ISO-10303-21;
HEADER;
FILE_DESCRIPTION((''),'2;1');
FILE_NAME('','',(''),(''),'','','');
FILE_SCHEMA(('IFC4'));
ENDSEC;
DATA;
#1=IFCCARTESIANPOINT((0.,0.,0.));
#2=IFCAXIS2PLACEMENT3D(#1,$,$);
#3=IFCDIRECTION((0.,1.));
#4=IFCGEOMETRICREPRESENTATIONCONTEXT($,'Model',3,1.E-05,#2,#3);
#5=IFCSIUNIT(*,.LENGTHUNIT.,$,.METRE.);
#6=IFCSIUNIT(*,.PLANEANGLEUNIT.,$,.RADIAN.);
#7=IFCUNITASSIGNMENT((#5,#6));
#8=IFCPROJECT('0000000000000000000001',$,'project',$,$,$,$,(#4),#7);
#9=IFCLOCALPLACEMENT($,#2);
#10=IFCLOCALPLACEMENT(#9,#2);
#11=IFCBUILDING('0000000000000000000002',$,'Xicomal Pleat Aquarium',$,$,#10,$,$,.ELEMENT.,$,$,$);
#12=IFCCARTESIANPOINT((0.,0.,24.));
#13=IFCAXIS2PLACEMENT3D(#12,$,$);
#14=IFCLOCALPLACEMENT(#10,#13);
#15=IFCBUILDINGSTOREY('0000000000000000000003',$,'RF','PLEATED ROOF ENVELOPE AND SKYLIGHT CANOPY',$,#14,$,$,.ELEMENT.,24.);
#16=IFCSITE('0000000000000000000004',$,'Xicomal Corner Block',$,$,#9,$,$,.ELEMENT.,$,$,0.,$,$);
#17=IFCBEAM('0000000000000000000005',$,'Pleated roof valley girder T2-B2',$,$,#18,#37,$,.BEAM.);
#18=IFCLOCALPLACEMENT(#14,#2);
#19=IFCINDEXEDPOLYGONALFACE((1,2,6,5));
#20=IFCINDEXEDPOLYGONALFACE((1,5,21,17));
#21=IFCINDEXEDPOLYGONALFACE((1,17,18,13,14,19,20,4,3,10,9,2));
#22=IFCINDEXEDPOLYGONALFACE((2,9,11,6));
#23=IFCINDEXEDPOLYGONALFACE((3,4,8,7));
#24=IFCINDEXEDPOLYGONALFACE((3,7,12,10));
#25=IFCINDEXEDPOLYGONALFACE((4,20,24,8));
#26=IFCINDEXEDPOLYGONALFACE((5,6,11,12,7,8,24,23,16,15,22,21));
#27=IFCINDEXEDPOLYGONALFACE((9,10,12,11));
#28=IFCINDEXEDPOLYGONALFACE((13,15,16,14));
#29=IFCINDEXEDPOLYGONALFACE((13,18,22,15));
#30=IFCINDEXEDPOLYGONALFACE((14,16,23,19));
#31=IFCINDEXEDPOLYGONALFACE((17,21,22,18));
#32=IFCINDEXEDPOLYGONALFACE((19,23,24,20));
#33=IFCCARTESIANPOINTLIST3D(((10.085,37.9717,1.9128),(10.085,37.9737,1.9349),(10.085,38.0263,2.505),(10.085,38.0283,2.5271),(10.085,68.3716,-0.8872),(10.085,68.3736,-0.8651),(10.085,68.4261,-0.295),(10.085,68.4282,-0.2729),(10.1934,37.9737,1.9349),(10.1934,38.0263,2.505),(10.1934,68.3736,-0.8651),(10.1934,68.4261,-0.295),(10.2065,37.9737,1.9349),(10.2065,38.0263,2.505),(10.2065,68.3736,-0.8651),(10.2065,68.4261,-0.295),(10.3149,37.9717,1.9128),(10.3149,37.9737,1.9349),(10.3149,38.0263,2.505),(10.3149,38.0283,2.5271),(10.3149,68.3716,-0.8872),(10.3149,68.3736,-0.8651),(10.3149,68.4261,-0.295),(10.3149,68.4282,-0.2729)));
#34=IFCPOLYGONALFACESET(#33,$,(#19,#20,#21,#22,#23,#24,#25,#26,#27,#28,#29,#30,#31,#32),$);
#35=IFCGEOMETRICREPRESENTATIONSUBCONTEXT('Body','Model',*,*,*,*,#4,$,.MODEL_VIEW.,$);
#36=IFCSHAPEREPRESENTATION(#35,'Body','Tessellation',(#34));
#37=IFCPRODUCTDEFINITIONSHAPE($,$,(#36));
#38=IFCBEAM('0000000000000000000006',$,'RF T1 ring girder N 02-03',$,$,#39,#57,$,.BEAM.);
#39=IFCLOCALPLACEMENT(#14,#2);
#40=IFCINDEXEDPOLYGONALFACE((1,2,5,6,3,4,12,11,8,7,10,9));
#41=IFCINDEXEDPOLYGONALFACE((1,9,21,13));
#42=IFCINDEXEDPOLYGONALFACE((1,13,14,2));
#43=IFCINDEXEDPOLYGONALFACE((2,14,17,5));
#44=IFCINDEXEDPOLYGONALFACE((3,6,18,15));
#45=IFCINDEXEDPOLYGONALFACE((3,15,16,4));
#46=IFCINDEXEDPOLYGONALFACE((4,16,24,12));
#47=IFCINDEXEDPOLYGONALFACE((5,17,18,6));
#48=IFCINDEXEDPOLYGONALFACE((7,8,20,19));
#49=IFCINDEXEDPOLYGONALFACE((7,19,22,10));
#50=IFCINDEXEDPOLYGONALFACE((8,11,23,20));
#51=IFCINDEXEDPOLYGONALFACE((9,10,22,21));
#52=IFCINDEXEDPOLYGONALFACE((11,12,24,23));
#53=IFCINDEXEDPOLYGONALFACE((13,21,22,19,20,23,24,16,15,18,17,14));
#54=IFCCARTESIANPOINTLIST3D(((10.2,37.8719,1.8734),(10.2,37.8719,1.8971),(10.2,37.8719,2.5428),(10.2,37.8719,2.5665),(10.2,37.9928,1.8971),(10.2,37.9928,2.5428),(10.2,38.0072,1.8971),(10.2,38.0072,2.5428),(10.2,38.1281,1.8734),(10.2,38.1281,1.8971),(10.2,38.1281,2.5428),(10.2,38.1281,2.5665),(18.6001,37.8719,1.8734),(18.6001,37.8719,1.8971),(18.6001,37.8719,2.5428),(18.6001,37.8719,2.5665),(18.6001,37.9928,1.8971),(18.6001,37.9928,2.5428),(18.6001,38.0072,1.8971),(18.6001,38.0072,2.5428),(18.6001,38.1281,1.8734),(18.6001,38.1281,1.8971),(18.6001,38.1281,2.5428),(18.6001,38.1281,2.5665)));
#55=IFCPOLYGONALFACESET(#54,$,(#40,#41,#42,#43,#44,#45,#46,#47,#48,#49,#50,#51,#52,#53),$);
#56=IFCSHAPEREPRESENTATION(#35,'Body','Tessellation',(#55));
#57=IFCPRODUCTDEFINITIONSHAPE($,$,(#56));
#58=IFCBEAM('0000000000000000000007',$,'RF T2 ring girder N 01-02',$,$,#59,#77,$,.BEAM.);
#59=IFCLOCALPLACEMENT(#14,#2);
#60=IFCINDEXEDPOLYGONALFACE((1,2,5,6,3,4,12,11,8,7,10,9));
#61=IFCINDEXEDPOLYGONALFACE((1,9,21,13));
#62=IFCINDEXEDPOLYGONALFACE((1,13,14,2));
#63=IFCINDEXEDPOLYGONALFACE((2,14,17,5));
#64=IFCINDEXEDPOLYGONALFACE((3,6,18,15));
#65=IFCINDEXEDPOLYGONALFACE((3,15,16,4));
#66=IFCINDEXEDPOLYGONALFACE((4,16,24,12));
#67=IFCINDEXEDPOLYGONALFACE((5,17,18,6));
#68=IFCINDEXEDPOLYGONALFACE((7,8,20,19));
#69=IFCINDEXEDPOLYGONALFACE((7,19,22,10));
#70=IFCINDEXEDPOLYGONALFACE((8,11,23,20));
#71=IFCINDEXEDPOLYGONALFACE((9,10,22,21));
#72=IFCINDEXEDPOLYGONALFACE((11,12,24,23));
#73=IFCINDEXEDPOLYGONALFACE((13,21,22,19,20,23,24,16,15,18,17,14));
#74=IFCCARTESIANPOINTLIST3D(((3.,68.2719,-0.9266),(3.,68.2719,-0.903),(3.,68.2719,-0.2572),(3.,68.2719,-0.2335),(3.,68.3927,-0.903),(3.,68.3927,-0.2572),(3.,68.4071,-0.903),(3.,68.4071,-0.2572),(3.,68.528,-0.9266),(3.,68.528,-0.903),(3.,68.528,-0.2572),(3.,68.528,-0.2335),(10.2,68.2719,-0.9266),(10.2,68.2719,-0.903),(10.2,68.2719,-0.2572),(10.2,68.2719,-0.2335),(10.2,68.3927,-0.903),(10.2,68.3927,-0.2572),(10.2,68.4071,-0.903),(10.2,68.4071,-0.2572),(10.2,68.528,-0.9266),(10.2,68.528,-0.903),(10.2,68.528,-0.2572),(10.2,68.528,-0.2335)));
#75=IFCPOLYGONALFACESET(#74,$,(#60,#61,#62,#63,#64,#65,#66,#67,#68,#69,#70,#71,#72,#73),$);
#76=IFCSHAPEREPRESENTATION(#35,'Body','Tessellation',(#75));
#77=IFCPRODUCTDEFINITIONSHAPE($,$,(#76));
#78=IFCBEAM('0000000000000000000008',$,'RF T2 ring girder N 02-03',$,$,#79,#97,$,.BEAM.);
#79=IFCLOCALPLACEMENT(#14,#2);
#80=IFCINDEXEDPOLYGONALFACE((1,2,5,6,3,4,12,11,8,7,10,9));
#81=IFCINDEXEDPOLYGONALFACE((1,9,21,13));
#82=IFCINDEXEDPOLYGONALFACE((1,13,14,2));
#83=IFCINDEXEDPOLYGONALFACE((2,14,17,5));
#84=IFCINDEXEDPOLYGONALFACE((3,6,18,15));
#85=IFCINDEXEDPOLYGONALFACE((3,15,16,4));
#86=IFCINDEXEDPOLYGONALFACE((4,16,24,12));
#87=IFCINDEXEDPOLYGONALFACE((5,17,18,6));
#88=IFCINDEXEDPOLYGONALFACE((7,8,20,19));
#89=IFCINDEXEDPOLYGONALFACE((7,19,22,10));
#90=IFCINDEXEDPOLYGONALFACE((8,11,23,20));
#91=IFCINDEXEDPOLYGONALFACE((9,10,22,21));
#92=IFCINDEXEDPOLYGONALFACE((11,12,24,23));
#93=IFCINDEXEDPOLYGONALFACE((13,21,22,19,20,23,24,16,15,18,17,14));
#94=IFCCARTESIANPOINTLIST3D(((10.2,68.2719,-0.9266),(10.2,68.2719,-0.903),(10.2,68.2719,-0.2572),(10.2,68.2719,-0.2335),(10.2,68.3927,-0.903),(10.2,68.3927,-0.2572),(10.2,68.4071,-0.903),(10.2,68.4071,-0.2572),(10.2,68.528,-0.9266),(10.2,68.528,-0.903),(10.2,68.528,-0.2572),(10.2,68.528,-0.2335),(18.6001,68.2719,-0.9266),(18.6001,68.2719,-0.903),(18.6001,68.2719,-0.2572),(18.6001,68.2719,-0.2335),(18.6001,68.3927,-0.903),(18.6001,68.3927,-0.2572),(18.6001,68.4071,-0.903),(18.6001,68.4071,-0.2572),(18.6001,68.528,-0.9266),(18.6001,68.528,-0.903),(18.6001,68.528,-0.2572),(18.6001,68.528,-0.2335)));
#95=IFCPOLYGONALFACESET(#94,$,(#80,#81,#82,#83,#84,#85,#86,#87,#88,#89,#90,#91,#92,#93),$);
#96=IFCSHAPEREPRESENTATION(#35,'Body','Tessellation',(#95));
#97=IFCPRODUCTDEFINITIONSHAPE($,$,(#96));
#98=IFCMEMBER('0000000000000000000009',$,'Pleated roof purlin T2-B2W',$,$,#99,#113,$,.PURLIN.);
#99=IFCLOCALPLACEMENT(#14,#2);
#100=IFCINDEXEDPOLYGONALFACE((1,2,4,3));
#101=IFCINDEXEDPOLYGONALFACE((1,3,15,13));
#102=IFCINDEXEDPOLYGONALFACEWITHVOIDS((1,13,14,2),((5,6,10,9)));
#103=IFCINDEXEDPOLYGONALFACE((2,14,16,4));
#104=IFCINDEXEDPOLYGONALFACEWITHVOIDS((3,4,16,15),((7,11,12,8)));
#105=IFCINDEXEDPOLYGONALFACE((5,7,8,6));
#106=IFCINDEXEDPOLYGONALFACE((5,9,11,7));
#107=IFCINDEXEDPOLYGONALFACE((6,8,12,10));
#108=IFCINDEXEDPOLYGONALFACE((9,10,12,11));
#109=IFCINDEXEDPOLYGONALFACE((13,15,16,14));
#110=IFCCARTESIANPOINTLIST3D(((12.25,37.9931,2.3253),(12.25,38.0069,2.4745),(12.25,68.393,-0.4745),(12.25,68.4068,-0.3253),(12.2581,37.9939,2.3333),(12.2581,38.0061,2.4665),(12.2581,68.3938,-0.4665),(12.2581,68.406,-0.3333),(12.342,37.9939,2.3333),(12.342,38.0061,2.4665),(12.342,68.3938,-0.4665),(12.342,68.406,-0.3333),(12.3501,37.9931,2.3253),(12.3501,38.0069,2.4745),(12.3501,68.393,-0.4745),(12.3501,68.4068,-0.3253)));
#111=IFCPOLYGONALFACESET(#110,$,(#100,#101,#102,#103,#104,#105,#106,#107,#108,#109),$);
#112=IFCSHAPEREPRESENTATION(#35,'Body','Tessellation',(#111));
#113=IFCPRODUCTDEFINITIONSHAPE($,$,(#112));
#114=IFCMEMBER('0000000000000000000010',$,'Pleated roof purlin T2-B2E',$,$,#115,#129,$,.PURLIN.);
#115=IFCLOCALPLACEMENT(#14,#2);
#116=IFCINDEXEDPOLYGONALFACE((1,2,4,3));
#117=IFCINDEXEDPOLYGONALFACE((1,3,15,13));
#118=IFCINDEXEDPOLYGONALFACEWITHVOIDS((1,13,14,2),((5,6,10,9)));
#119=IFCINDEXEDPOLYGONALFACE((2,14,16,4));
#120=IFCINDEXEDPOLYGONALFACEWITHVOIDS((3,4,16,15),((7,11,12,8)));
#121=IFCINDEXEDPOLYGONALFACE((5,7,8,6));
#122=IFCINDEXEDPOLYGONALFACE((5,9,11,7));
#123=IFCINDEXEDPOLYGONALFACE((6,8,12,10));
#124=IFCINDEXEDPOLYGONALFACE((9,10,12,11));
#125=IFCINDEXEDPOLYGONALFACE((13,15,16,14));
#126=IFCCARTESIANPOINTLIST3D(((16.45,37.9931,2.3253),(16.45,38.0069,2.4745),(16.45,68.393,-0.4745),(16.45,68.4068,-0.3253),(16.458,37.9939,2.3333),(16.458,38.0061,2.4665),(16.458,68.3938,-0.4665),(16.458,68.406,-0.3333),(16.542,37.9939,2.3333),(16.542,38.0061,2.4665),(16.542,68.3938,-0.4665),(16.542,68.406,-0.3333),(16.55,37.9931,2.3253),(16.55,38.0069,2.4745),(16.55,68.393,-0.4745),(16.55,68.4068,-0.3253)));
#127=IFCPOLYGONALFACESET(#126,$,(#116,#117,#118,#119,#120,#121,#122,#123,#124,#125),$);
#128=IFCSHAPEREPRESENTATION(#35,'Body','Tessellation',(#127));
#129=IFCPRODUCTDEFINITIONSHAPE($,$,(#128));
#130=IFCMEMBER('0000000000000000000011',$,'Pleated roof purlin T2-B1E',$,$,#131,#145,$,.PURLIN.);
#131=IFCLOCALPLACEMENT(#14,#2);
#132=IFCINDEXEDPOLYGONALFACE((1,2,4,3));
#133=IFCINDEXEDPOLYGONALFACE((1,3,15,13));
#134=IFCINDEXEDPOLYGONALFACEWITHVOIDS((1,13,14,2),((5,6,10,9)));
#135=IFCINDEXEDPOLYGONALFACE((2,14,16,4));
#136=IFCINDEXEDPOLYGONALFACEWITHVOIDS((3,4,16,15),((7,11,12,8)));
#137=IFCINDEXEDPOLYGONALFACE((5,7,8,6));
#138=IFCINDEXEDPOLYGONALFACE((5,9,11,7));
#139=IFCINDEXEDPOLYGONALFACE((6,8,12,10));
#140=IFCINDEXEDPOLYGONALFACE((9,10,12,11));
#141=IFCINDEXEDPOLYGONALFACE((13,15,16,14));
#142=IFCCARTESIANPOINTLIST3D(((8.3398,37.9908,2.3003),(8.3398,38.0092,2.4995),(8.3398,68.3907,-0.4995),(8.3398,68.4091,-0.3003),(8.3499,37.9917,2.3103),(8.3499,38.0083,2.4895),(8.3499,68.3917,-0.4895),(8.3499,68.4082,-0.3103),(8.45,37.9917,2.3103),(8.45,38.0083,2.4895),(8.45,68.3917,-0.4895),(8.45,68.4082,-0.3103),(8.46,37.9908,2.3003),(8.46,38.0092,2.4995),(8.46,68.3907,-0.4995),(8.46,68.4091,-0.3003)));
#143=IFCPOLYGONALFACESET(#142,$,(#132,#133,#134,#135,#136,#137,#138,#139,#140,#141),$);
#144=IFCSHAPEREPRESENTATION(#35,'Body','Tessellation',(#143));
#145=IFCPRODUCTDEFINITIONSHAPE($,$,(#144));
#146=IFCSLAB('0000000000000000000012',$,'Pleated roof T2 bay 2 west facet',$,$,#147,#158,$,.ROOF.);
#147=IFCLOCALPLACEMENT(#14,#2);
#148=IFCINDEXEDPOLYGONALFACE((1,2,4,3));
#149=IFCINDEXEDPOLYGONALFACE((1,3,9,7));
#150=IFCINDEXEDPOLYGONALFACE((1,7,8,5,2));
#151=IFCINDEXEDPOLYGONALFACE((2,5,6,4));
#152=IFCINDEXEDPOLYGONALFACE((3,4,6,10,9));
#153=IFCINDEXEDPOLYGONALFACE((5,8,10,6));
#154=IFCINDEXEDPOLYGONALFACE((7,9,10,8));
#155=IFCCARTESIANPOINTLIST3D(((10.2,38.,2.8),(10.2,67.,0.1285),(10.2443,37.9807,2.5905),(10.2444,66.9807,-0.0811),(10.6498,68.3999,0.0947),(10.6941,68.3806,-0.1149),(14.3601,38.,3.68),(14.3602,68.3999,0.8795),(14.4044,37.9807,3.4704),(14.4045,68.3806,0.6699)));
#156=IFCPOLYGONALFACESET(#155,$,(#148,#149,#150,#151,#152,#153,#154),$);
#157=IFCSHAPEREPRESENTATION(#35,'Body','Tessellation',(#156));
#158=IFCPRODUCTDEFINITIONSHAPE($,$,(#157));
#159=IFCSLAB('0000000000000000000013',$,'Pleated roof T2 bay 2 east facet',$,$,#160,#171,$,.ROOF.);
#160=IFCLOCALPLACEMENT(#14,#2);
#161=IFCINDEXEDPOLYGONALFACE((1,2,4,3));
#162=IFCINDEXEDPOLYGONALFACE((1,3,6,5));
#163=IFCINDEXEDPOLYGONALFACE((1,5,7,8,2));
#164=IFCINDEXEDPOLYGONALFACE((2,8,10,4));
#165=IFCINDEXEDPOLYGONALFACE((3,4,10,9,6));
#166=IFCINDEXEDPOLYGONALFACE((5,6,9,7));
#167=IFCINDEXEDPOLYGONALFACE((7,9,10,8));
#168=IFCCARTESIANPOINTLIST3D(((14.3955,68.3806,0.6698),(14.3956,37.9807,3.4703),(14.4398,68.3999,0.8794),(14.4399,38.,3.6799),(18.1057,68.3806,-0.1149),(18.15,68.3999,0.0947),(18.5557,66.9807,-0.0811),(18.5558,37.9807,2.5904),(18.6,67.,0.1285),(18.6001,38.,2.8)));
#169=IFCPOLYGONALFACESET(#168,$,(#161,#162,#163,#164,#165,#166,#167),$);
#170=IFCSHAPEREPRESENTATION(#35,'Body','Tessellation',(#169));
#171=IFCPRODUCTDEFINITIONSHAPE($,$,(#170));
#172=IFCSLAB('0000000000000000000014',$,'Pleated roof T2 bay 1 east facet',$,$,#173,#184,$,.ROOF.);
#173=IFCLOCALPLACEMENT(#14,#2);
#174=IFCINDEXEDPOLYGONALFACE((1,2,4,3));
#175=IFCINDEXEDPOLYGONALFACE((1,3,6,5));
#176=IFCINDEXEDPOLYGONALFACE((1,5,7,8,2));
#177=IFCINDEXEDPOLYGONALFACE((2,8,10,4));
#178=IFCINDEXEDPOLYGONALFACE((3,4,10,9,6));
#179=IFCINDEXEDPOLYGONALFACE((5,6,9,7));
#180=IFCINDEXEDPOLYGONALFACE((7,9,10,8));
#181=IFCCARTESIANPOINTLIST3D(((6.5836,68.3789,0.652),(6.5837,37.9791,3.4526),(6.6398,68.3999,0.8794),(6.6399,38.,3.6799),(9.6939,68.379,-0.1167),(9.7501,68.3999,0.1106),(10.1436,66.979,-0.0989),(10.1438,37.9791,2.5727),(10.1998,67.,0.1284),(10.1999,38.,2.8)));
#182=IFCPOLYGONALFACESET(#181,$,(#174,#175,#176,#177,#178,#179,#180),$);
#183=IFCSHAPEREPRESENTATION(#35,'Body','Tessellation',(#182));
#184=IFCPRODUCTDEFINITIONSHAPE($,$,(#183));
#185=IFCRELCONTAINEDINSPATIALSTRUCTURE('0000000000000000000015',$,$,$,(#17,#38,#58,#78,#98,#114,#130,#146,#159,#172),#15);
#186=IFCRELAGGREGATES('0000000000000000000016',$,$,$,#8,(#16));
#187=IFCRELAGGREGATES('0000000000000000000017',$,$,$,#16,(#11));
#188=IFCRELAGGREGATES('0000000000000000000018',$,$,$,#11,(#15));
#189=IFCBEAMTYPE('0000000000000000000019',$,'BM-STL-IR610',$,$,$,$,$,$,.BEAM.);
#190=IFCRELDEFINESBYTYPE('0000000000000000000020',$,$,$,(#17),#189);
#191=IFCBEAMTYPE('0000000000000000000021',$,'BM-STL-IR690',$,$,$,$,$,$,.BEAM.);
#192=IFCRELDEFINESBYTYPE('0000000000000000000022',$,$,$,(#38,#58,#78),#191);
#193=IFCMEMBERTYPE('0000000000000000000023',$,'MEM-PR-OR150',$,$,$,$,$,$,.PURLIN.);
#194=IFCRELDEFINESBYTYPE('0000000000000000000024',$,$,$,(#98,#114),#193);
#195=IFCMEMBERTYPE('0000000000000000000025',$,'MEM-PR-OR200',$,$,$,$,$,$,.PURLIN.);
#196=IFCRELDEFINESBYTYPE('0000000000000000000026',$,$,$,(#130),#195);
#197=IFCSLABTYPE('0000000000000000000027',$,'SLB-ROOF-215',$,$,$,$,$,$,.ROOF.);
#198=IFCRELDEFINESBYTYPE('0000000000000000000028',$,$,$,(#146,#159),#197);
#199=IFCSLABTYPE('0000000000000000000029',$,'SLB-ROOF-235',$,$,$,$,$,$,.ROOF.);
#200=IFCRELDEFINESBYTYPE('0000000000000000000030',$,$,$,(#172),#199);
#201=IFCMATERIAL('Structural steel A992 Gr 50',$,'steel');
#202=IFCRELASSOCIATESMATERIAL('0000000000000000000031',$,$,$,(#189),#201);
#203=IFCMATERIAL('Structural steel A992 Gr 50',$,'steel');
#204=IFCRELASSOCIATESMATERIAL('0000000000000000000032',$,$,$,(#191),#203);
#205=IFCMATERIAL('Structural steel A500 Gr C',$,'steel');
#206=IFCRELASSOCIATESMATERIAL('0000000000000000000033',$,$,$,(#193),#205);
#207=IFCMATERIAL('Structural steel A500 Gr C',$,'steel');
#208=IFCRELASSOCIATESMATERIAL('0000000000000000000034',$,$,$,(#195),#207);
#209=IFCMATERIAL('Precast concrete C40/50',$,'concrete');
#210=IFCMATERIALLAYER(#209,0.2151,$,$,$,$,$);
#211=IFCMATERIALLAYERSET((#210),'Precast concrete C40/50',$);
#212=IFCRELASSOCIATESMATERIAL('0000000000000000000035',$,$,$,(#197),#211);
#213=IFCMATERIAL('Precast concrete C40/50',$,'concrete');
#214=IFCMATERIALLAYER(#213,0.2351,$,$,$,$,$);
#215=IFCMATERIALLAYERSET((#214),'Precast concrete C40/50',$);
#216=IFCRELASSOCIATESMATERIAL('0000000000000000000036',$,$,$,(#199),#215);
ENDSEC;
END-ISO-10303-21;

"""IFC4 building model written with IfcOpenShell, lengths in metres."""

from ifc_helpers import new_model, si_unit, direction, frame, origin, origin_2d, place, context, subcontext, project, spatial, polyline, hollow_rectangle, i_section, outline, extrude, material, layer, layer_set, material_profile, profile_set, type_object, element, save


model = new_model("IFC4")

# Units and contexts
model_context = context("Model", 3, precision=1e-05, world=origin(), true_north=direction((0.0, 1.0)))
body_context = subcontext(model_context, "Body", "Model", "MODEL_VIEW")
ifc_project = project(units=[si_unit("LENGTHUNIT", "METRE"), si_unit("PLANEANGLEUNIT", "RADIAN")], contexts=[model_context])

# Site, building, storey
site_placement = place(None, origin())
site = spatial("IfcSite", under=ifc_project, at=site_placement, Name="Xicomal Corner Block", CompositionType="ELEMENT", RefElevation=0.0)
building_placement = place(site_placement, origin())
building = spatial("IfcBuilding", under=site, at=building_placement, Name="Xicomal Pleat Aquarium", CompositionType="ELEMENT")
storey_placement = place(building_placement, frame((0.0, 0.0, 24.0)))
storey = spatial("IfcBuildingStorey", under=building, at=storey_placement, Name="RF", Description="PLEATED ROOF ENVELOPE AND SKYLIGHT CANOPY", CompositionType="ELEMENT", Elevation=24.0)

# Beams
ifc_material_1 = material(Name="Structural steel A992 Gr 50", Category="steel")
ifc_material_profile_1 = material_profile(ifc_material_1, i_section(OverallWidth=0.23, OverallDepth=0.6169, WebThickness=0.0132, FlangeThickness=0.0222, at=origin_2d()), Name="IR 610x140")
ifc_profile_set_1 = profile_set([ifc_material_profile_1], Name="Structural steel A992 Gr 50")
beam_type_1 = type_object("IfcBeamType", Name="BM-STL-IR610", PredefinedType="BEAM", material=ifc_profile_set_1)
beam_1_placement = place(storey_placement, frame((10.2, 38.0, 2.22), z_axis=(0.0, 0.995785, -0.091719), x_axis=(-1.0, 0.0, 0.0)))
element("IfcBeam", 1, at=beam_1_placement, inside=storey, type_object=beam_type_1, Name="Pleated roof valley girder T2-B2", PredefinedType="BEAM", context=body_context, shape_type="SweptSolid", body=[
    extrude(i_section(OverallWidth=0.23, OverallDepth=0.6169, WebThickness=0.0132, FlangeThickness=0.0222, at=origin_2d()), origin(), (0.0, 0.0, 1.0), 30.5286),
])
ifc_material_2 = material(Name="Structural steel A992 Gr 50", Category="steel")
ifc_material_profile_2 = material_profile(ifc_material_2, i_section(OverallWidth=0.2561, OverallDepth=0.6931, WebThickness=0.0144, FlangeThickness=0.0237, at=origin_2d()), Name="IR 690x170")
ifc_profile_set_2 = profile_set([ifc_material_profile_2], Name="Structural steel A992 Gr 50")
beam_type_2 = type_object("IfcBeamType", Name="BM-STL-IR690", PredefinedType="BEAM", material=ifc_profile_set_2)
beam_2_placement = place(storey_placement, frame((10.2, 38.0, 2.22), z_axis=(1.0, 0.0, 0.0), x_axis=(0.0, 1.0, 0.0)))
element("IfcBeam", 2, at=beam_2_placement, inside=storey, type_object=beam_type_2, Name="RF T1 ring girder N 02-03", PredefinedType="BEAM", context=body_context, shape_type="SweptSolid", body=[
    extrude(i_section(OverallWidth=0.2561, OverallDepth=0.6931, WebThickness=0.0144, FlangeThickness=0.0237, at=origin_2d()), origin(), (0.0, 0.0, 1.0), 8.4001),
])
beam_3_placement = place(storey_placement, frame((3.0, 68.3999, -0.5801), z_axis=(1.0, 0.0, 0.0), x_axis=(0.0, 1.0, 0.0)))
element("IfcBeam", 3, at=beam_3_placement, inside=storey, type_object=beam_type_2, Name="RF T2 ring girder N 01-02", PredefinedType="BEAM", context=body_context, shape_type="SweptSolid", body=[
    extrude(i_section(OverallWidth=0.2561, OverallDepth=0.6931, WebThickness=0.0144, FlangeThickness=0.0237, at=origin_2d()), origin(), (0.0, 0.0, 1.0), 7.2),
])
beam_4_placement = place(storey_placement, frame((10.2, 68.3999, -0.5801), z_axis=(1.0, 0.0, 0.0), x_axis=(0.0, 1.0, 0.0)))
element("IfcBeam", 4, at=beam_4_placement, inside=storey, type_object=beam_type_2, Name="RF T2 ring girder N 02-03", PredefinedType="BEAM", context=body_context, shape_type="SweptSolid", body=[
    extrude(i_section(OverallWidth=0.2561, OverallDepth=0.6931, WebThickness=0.0144, FlangeThickness=0.0237, at=origin_2d()), origin(), (0.0, 0.0, 1.0), 8.4001),
])

# Members
ifc_material_3 = material(Name="Structural steel A500 Gr C", Category="steel")
ifc_material_profile_3 = material_profile(ifc_material_3, hollow_rectangle(XDim=0.1001, YDim=0.1499, WallThickness=0.0081, at=origin_2d()), Name="OR 150x100x8")
ifc_profile_set_3 = profile_set([ifc_material_profile_3], Name="Structural steel A500 Gr C")
member_type_1 = type_object("IfcMemberType", Name="MEM-PR-OR150", PredefinedType="PURLIN", material=ifc_profile_set_3)
for number, where, z_axis, x_axis, name in (
    (5, (12.3, 38.0, 2.3999), (0.0, 0.995786, -0.091711), (-1.0, 0.0, 0.0), "Pleated roof purlin T2-B2W"),
    (6, (16.5, 38.0, 2.3999), (0.0, 0.995786, -0.091711), (-1.0, 0.0, 0.0), "Pleated roof purlin T2-B2E"),
):
    element("IfcMember", number, at=place(storey_placement, frame(where, z_axis=z_axis, x_axis=x_axis)), inside=storey, type_object=member_type_1, Name=name, PredefinedType="PURLIN", context=body_context, shape_type="SweptSolid", body=[
        extrude(hollow_rectangle(XDim=0.1001, YDim=0.1499, WallThickness=0.0081, at=origin_2d()), origin(), (0.0, 0.0, 1.0), 30.5286),
    ])
ifc_material_4 = material(Name="Structural steel A500 Gr C", Category="steel")
ifc_material_profile_4 = material_profile(ifc_material_4, hollow_rectangle(XDim=0.1201, YDim=0.2, WallThickness=0.01, at=origin_2d()), Name="OR 200x120x10")
ifc_profile_set_4 = profile_set([ifc_material_profile_4], Name="Structural steel A500 Gr C")
member_type_2 = type_object("IfcMemberType", Name="MEM-PR-OR200", PredefinedType="PURLIN", material=ifc_profile_set_4)
member_placement = place(storey_placement, frame((8.3999, 38.0, 2.3999), z_axis=(0.0, 0.995786, -0.091711), x_axis=(-1.0, 0.0, 0.0)))
element("IfcMember", 7, at=member_placement, inside=storey, type_object=member_type_2, Name="Pleated roof purlin T2-B1E", PredefinedType="PURLIN", context=body_context, shape_type="SweptSolid", body=[
    extrude(hollow_rectangle(XDim=0.1201, YDim=0.2, WallThickness=0.01, at=origin_2d()), origin(), (0.0, 0.0, 1.0), 30.5286),
])

# Slabs
ifc_material_5 = material(Name="Precast concrete C40/50", Category="concrete")
ifc_layer_1 = layer(ifc_material_5, 0.2151)
ifc_layer_set_1 = layer_set([ifc_layer_1], Name="Precast concrete C40/50")
slab_type_1 = type_object("IfcSlabType", Name="SLB-ROOF-215", PredefinedType="ROOF", material=ifc_layer_set_1)
slab_1_placement = place(storey_placement, frame((10.2, 38.0, 2.8), z_axis=(-0.206098, 0.089765, 0.974405), x_axis=(0.978355, 0.000001, 0.206933)))
element("IfcSlab", 8, at=slab_1_placement, inside=storey, type_object=slab_type_1, Name="Pleated roof T2 bay 2 west facet", PredefinedType="ROOF", context=body_context, shape_type="SweptSolid", body=[
    extrude(outline(polyline([(0.0, 0.0), (4.2522, 0.0), (3.6728, 30.5231), (-0.1197, 30.5232), (-0.5527, 29.1175), (0.0, 0.0)])), origin(), (0.0, 0.0, -1.0), 0.2151),
])
slab_2_placement = place(storey_placement, frame((14.4399, 38.0, 3.6799), z_axis=(0.206098, 0.089765, 0.974405), x_axis=(0.978355, -0.000001, -0.206934)))
element("IfcSlab", 9, at=slab_2_placement, inside=storey, type_object=slab_type_1, Name="Pleated roof T2 bay 2 east facet", PredefinedType="ROOF", context=body_context, shape_type="SweptSolid", body=[
    extrude(outline(polyline([(0.0, 0.0), (4.2522, 0.0), (4.8049, 29.1175), (4.3716, 30.5232), (0.5794, 30.5231), (0.0, 0.0)])), origin(), (0.0, 0.0, -1.0), 0.2151),
])
ifc_material_6 = material(Name="Precast concrete C40/50", Category="concrete")
ifc_layer_2 = layer(ifc_material_6, 0.2351)
ifc_layer_set_2 = layer_set([ifc_layer_2], Name="Precast concrete C40/50")
slab_type_2 = type_object("IfcSlabType", Name="SLB-ROOF-235", PredefinedType="ROOF", material=ifc_layer_set_2)
slab_3_placement = place(storey_placement, frame((6.6399, 38.0, 3.6799), z_axis=(0.238992, 0.089079, 0.966927), x_axis=(0.970786, -0.000001, -0.239945)))
element("IfcSlab", 10, at=slab_3_placement, inside=storey, type_object=slab_type_2, Name="Pleated roof T2 bay 1 east facet", PredefinedType="ROOF", context=body_context, shape_type="SweptSolid", body=[
    extrude(outline(polyline([(0.0, 0.0), (3.6672, 0.0), (4.3081, 29.1157), (3.8758, 30.5213), (0.6718, 30.5212), (0.0, 0.0)])), origin(), (0.0, 0.0, -1.0), 0.2351),
])

save(model, "model.ifc")
